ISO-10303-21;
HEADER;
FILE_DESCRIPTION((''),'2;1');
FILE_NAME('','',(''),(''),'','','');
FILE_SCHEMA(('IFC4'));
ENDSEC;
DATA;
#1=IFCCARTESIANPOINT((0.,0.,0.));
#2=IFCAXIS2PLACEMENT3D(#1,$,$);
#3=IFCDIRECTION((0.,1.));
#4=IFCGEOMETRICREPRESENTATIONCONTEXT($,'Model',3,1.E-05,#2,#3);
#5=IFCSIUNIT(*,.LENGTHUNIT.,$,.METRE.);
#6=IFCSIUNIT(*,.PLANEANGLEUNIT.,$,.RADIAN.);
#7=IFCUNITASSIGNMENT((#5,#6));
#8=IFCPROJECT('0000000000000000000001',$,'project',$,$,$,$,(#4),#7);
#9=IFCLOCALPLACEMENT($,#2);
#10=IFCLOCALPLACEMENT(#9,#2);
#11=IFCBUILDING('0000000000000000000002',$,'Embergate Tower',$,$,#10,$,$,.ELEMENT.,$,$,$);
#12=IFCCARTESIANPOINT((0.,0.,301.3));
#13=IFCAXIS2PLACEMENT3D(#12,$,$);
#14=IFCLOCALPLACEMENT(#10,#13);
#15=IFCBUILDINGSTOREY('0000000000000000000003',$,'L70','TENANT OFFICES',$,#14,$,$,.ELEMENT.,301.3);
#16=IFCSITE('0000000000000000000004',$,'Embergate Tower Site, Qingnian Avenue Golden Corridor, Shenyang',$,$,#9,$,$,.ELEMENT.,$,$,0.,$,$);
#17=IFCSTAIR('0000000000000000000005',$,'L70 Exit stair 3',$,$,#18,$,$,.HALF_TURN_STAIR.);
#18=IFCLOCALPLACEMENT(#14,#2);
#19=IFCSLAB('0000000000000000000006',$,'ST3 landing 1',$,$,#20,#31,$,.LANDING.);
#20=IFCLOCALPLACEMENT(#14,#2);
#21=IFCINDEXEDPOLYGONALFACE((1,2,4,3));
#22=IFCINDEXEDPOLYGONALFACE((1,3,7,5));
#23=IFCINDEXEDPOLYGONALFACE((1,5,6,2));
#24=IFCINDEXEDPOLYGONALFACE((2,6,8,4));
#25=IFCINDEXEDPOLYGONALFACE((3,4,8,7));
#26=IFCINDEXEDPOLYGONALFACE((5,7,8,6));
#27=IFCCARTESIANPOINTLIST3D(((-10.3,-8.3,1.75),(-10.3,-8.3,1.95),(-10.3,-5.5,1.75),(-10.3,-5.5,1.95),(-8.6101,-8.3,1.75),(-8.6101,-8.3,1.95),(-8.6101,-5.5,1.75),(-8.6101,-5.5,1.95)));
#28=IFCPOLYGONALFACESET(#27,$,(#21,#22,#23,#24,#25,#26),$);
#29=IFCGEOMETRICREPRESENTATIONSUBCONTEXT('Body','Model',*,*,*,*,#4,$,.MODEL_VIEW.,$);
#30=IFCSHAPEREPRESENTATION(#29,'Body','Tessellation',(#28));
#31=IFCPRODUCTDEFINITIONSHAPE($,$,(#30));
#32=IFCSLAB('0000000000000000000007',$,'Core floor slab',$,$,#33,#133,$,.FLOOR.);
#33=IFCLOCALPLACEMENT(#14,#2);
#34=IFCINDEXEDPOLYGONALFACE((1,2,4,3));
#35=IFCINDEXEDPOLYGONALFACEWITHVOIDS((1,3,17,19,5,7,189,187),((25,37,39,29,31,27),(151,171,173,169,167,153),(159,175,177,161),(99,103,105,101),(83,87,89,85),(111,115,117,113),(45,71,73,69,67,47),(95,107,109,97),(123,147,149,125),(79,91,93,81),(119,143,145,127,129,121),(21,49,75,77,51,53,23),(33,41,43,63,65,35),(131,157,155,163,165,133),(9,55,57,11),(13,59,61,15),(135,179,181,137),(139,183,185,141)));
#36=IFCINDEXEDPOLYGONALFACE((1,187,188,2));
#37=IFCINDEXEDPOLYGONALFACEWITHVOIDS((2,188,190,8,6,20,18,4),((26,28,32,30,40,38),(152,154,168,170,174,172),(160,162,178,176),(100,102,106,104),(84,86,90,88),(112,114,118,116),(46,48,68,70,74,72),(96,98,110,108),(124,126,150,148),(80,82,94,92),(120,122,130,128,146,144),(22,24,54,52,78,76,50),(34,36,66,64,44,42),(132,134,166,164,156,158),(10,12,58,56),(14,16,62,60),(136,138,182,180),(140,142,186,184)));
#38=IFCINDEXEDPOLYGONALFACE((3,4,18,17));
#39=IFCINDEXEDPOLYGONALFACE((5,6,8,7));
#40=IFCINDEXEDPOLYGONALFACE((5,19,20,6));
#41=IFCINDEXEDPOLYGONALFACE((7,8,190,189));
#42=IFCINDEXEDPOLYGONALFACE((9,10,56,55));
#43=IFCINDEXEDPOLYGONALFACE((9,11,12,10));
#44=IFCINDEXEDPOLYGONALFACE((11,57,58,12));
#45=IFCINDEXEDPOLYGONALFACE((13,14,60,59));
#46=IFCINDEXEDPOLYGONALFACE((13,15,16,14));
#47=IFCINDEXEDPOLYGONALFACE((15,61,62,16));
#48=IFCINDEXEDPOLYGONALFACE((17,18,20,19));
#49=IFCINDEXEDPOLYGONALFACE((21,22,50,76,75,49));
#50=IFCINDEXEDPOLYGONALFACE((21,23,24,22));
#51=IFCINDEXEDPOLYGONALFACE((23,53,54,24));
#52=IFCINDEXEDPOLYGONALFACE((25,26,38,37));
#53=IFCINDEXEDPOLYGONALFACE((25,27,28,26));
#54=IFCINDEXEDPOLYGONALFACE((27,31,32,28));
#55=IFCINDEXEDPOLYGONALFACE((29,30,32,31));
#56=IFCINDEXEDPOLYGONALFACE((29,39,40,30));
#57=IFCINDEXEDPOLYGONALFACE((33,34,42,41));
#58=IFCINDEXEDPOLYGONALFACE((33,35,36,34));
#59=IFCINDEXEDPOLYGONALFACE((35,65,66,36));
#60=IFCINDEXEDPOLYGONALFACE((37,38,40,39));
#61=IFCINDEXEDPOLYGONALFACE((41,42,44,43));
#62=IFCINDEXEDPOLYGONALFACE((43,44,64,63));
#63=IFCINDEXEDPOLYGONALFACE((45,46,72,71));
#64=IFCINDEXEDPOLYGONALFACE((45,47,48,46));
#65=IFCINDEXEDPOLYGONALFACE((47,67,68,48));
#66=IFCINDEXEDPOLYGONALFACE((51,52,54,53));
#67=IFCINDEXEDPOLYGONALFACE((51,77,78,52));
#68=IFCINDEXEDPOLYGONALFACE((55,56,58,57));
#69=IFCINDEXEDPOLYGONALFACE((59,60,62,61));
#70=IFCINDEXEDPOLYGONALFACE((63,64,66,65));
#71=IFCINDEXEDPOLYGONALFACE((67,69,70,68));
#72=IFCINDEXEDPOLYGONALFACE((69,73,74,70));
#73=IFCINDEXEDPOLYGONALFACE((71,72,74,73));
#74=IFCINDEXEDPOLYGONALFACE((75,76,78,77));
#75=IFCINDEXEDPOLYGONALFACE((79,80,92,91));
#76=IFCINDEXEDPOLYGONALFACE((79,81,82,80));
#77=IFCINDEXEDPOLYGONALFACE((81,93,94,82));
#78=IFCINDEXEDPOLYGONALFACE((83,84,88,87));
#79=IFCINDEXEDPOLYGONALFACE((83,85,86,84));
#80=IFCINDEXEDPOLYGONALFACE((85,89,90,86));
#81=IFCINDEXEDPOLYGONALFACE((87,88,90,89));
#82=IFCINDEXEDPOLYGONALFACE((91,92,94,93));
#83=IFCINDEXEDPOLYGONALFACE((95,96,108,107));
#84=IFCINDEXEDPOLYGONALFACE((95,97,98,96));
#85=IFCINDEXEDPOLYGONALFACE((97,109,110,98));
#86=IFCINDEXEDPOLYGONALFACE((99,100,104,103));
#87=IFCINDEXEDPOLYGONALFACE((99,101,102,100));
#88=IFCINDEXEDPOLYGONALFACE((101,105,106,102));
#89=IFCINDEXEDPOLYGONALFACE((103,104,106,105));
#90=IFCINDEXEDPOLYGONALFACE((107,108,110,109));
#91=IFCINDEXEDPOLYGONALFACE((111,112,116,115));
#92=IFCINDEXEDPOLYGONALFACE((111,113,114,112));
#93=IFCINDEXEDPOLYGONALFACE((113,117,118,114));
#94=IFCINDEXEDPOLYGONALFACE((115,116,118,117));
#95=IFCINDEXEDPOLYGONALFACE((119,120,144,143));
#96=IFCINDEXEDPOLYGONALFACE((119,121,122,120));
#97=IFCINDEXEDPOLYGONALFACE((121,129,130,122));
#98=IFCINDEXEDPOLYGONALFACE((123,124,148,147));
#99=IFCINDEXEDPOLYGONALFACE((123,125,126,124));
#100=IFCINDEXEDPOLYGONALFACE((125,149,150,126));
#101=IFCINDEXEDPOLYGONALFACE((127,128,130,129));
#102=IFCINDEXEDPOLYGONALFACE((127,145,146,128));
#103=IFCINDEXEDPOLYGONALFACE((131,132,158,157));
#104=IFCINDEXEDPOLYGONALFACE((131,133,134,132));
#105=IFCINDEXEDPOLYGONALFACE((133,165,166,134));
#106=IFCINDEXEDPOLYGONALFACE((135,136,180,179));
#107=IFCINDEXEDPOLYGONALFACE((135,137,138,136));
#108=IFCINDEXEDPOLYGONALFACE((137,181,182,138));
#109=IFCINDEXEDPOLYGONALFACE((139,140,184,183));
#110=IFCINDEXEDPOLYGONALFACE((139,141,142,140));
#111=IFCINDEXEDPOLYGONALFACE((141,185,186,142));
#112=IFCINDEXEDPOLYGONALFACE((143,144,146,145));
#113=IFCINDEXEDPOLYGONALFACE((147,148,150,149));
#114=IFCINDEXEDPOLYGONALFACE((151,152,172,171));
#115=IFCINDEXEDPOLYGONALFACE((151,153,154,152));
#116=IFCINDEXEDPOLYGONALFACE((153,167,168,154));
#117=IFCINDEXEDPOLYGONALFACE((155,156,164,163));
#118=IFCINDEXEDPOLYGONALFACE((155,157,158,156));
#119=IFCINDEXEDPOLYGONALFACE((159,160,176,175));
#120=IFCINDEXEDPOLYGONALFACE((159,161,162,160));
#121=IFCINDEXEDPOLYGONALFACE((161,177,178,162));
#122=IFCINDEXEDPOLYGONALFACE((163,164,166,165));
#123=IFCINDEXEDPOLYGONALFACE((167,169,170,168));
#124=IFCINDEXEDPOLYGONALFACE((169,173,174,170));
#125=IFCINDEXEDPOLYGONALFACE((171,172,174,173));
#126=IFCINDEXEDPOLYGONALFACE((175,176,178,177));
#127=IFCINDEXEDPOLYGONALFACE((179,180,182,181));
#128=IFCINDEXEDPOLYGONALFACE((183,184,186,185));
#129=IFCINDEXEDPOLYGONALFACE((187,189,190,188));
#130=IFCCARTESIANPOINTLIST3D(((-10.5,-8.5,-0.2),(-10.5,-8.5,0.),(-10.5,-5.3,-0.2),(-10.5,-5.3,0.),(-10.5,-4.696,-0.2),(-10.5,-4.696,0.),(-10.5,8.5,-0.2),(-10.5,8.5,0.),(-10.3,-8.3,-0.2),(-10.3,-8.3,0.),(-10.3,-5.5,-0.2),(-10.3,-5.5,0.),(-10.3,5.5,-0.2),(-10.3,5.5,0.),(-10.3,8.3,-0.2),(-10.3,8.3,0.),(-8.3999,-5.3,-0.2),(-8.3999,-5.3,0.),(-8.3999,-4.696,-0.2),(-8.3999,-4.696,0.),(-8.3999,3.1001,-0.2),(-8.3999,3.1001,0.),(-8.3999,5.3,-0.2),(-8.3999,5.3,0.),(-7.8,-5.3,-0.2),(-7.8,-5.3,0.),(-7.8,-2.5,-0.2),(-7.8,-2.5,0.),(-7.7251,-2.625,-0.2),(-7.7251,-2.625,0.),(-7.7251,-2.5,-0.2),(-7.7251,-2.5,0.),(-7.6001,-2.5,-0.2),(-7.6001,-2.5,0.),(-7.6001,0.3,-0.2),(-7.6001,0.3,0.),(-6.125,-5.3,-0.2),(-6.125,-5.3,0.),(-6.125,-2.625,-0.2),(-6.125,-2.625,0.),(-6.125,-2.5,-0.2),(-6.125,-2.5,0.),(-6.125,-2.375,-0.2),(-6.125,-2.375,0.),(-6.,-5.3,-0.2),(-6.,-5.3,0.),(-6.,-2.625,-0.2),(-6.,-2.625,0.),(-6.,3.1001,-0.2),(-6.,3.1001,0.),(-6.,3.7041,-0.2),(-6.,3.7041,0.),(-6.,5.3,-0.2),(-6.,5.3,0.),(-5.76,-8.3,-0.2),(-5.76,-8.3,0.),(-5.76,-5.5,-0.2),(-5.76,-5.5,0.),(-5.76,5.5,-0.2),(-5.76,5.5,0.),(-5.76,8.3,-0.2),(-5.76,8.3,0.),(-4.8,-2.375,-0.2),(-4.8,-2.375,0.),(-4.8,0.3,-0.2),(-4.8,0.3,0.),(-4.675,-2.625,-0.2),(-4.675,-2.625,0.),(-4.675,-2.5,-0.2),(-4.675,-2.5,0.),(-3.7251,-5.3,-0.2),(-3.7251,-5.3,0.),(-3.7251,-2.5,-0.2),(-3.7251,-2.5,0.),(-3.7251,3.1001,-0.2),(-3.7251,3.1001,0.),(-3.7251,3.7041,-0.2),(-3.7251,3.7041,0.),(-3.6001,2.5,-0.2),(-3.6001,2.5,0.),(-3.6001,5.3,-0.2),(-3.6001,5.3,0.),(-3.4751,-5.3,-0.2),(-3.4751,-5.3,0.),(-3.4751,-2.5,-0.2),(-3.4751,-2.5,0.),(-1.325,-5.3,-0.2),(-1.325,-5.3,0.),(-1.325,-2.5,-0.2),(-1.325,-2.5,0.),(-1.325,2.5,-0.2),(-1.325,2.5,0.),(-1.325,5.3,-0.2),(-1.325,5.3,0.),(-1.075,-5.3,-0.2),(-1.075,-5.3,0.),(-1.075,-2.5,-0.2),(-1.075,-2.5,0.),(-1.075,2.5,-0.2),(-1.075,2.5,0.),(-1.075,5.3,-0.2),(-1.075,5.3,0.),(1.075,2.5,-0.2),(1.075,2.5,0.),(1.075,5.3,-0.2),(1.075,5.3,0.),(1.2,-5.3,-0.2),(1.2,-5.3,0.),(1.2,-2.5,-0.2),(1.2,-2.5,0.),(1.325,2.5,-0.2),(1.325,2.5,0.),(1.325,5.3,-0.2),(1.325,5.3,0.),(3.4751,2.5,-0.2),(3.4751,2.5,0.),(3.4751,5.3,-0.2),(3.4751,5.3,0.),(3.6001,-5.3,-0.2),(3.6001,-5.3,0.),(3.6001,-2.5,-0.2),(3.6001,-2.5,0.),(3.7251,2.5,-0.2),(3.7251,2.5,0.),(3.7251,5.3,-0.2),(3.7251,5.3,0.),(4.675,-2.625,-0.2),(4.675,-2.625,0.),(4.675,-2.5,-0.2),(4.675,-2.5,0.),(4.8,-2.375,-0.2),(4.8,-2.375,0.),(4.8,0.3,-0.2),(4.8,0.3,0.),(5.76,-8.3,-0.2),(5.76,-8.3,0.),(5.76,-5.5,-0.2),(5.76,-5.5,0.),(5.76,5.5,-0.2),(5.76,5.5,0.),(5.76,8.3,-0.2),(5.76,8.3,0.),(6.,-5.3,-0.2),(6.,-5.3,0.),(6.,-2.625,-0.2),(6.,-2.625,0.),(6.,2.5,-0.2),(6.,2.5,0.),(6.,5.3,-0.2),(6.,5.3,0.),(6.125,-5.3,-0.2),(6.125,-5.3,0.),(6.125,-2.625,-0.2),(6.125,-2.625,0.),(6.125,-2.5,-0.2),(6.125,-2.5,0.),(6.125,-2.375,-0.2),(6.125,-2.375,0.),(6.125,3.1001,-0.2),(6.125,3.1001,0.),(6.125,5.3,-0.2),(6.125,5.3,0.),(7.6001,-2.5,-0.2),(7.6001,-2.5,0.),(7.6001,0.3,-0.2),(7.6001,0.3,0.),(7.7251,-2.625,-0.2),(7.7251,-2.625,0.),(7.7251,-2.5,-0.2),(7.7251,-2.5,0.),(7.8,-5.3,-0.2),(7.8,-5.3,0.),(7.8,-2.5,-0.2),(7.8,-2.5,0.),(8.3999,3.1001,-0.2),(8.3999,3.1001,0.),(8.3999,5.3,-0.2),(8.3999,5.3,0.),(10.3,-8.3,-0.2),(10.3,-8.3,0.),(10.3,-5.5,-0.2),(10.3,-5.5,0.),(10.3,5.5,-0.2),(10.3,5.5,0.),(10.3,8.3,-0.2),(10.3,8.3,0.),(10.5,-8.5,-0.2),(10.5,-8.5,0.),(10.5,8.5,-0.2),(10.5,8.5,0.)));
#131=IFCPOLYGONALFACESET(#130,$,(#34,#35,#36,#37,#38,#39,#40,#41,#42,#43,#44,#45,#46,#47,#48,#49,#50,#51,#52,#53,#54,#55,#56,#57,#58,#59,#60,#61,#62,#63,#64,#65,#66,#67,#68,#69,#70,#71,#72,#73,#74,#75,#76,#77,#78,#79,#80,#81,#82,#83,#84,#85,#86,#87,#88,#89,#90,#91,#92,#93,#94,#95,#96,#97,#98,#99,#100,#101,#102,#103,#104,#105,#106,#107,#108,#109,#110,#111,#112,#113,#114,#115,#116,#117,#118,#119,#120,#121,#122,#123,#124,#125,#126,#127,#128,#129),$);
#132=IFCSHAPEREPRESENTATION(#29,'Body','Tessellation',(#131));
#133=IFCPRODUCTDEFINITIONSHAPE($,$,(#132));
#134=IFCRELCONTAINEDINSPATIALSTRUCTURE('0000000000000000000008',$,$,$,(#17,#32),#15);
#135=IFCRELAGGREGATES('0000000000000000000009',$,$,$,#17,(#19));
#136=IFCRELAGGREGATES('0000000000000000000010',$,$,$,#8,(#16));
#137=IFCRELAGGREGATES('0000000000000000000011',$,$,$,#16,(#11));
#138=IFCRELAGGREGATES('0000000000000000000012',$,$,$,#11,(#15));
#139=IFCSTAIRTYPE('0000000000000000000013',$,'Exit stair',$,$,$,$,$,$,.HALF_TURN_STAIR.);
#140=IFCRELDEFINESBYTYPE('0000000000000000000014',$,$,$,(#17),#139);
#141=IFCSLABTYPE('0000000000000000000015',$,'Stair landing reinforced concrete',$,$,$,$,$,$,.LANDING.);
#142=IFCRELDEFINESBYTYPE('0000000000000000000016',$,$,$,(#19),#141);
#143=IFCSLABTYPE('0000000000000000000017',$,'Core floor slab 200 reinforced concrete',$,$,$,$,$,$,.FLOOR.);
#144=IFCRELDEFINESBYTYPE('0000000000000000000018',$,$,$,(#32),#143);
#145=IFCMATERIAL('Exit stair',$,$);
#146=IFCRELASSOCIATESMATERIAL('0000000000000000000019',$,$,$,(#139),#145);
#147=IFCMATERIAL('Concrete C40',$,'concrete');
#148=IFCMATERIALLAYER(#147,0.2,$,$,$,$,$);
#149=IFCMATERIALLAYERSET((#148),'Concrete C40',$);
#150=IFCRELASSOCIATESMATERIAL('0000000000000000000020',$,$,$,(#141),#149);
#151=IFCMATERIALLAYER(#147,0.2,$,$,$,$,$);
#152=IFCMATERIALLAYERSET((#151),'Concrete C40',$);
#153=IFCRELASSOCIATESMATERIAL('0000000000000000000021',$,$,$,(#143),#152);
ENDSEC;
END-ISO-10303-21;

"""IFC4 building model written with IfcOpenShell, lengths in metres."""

from ifc_helpers import new_model, si_unit, direction, frame, origin, place, context, subcontext, project, spatial, polyline, outline, extrude, source, transform, mapped, material, layer, layer_set, type_object, element, aggregate, save


model = new_model("IFC4")

# Units and contexts
model_context = context("Model", 3, precision=1e-05, world=origin(), true_north=direction((0.0, 1.0)))
body_context = subcontext(model_context, "Body", "Model", "MODEL_VIEW")
ifc_project = project(units=[si_unit("LENGTHUNIT", "METRE"), si_unit("PLANEANGLEUNIT", "RADIAN")], contexts=[model_context])

# Site, building, storey
site_placement = place(None, origin())
site = spatial("IfcSite", under=ifc_project, at=site_placement, Name="Embergate Tower Site, Qingnian Avenue Golden Corridor, Shenyang", CompositionType="ELEMENT", RefElevation=0.0)
building_placement = place(site_placement, origin())
building = spatial("IfcBuilding", under=site, at=building_placement, Name="Embergate Tower", CompositionType="ELEMENT")
storey_placement = place(building_placement, frame((0.0, 0.0, 301.3)))
storey = spatial("IfcBuildingStorey", under=building, at=storey_placement, Name="L70", Description="TENANT OFFICES", CompositionType="ELEMENT", Elevation=301.3)

# Stair, slab
ifc_material_1 = material(Name="Exit stair")
stair_type = type_object("IfcStairType", Name="Exit stair", PredefinedType="HALF_TURN_STAIR", material=ifc_material_1)
stair_placement = place(storey_placement, origin())
stair = element("IfcStair", 1, at=stair_placement, inside=storey, type_object=stair_type, Name="L70 Exit stair 3", PredefinedType="HALF_TURN_STAIR")
ifc_material_2 = material(Name="Concrete C40", Category="concrete")
ifc_layer_1 = layer(ifc_material_2, 0.2)
ifc_layer_set_1 = layer_set([ifc_layer_1], Name="Concrete C40")
slab_type_1 = type_object("IfcSlabType", Name="Stair landing reinforced concrete", PredefinedType="LANDING", material=ifc_layer_set_1)
shared_shape_1 = source(origin(), body_context, "Body", "SweptSolid", [
    extrude(outline(polyline([(0.0, 0.0), (1.6899, 0.0), (1.6899, 2.8), (0.0, 2.8), (0.0, 0.0)])), origin(), (0.0, 0.0, 1.0), 0.2),
])
slab_1_placement = place(storey_placement, frame((-10.3, -8.3, 1.75)))
slab_1 = element("IfcSlab", 2, at=slab_1_placement, type_object=slab_type_1, Name="ST3 landing 1", PredefinedType="LANDING", context=body_context, shape_type="MappedRepresentation", body=[
    mapped(shared_shape_1, transform((0.0, 0.0, 0.0))),
])
aggregate(stair, [slab_1])

# Slab
ifc_layer_2 = layer(ifc_material_2, 0.2)
ifc_layer_set_2 = layer_set([ifc_layer_2], Name="Concrete C40")
slab_type_2 = type_object("IfcSlabType", Name="Core floor slab 200 reinforced concrete", PredefinedType="FLOOR", material=ifc_layer_set_2)
shared_shape_2 = source(origin(), body_context, "Body", "SweptSolid", [
    extrude(outline(polyline([(0.0, 0.0), (21.0, 0.0), (21.0, 17.0), (0.0, 17.0), (0.0, 3.804), (2.1001, 3.804), (2.1001, 3.2), (0.0, 3.2), (0.0, 0.0)]), holes=[polyline([(0.2, 0.2), (0.2, 3.0), (4.74, 3.0), (4.74, 0.2), (0.2, 0.2)]), polyline([(16.26, 0.2), (16.26, 3.0), (20.8, 3.0), (20.8, 0.2), (16.26, 0.2)]), polyline([(2.7, 3.2), (2.7, 6.0), (2.7749, 6.0), (2.7749, 5.875), (4.375, 5.875), (4.375, 3.2), (2.7, 3.2)]), polyline([(4.5, 3.2), (4.5, 5.875), (5.825, 5.875), (5.825, 6.0), (6.7749, 6.0), (6.7749, 3.2), (4.5, 3.2)]), polyline([(7.0249, 3.2), (7.0249, 6.0), (9.175, 6.0), (9.175, 3.2), (7.0249, 3.2)]), polyline([(9.425, 3.2), (9.425, 6.0), (11.7, 6.0), (11.7, 3.2), (9.425, 3.2)]), polyline([(14.1001, 3.2), (14.1001, 6.0), (15.175, 6.0), (15.175, 5.875), (16.5, 5.875), (16.5, 3.2), (14.1001, 3.2)]), polyline([(16.625, 3.2), (16.625, 5.875), (18.2251, 5.875), (18.2251, 6.0), (18.3, 6.0), (18.3, 3.2), (16.625, 3.2)]), polyline([(2.8999, 6.0), (2.8999, 8.8), (5.7, 8.8), (5.7, 6.125), (4.375, 6.125), (4.375, 6.0), (2.8999, 6.0)]), polyline([(16.625, 6.0), (16.625, 6.125), (15.3, 6.125), (15.3, 8.8), (18.1001, 8.8), (18.1001, 6.0), (16.625, 6.0)]), polyline([(6.8999, 11.0), (6.8999, 13.8), (9.175, 13.8), (9.175, 11.0), (6.8999, 11.0)]), polyline([(9.425, 11.0), (9.425, 13.8), (11.575, 13.8), (11.575, 11.0), (9.425, 11.0)]), polyline([(11.825, 11.0), (11.825, 13.8), (13.9751, 13.8), (13.9751, 11.0), (11.825, 11.0)]), polyline([(14.2251, 11.0), (14.2251, 13.8), (16.5, 13.8), (16.5, 11.0), (14.2251, 11.0)]), polyline([(2.1001, 11.6001), (2.1001, 13.8), (4.5, 13.8), (4.5, 12.2041), (6.7749, 12.2041), (6.7749, 11.6001), (4.5, 11.6001), (2.1001, 11.6001)]), polyline([(16.625, 11.6001), (16.625, 13.8), (18.8999, 13.8), (18.8999, 11.6001), (16.625, 11.6001)]), polyline([(0.2, 14.0), (0.2, 16.8), (4.74, 16.8), (4.74, 14.0), (0.2, 14.0)]), polyline([(16.26, 14.0), (16.26, 16.8), (20.8, 16.8), (20.8, 14.0), (16.26, 14.0)])]), origin(), (0.0, 0.0, 1.0), 0.2),
])
slab_2_placement = place(storey_placement, frame((-10.5, -8.5, -0.2)))
element("IfcSlab", 3, at=slab_2_placement, inside=storey, type_object=slab_type_2, Name="Core floor slab", PredefinedType="FLOOR", context=body_context, shape_type="MappedRepresentation", body=[
    mapped(shared_shape_2, transform((0.0, 0.0, 0.0))),
])

save(model, "model.ifc")
